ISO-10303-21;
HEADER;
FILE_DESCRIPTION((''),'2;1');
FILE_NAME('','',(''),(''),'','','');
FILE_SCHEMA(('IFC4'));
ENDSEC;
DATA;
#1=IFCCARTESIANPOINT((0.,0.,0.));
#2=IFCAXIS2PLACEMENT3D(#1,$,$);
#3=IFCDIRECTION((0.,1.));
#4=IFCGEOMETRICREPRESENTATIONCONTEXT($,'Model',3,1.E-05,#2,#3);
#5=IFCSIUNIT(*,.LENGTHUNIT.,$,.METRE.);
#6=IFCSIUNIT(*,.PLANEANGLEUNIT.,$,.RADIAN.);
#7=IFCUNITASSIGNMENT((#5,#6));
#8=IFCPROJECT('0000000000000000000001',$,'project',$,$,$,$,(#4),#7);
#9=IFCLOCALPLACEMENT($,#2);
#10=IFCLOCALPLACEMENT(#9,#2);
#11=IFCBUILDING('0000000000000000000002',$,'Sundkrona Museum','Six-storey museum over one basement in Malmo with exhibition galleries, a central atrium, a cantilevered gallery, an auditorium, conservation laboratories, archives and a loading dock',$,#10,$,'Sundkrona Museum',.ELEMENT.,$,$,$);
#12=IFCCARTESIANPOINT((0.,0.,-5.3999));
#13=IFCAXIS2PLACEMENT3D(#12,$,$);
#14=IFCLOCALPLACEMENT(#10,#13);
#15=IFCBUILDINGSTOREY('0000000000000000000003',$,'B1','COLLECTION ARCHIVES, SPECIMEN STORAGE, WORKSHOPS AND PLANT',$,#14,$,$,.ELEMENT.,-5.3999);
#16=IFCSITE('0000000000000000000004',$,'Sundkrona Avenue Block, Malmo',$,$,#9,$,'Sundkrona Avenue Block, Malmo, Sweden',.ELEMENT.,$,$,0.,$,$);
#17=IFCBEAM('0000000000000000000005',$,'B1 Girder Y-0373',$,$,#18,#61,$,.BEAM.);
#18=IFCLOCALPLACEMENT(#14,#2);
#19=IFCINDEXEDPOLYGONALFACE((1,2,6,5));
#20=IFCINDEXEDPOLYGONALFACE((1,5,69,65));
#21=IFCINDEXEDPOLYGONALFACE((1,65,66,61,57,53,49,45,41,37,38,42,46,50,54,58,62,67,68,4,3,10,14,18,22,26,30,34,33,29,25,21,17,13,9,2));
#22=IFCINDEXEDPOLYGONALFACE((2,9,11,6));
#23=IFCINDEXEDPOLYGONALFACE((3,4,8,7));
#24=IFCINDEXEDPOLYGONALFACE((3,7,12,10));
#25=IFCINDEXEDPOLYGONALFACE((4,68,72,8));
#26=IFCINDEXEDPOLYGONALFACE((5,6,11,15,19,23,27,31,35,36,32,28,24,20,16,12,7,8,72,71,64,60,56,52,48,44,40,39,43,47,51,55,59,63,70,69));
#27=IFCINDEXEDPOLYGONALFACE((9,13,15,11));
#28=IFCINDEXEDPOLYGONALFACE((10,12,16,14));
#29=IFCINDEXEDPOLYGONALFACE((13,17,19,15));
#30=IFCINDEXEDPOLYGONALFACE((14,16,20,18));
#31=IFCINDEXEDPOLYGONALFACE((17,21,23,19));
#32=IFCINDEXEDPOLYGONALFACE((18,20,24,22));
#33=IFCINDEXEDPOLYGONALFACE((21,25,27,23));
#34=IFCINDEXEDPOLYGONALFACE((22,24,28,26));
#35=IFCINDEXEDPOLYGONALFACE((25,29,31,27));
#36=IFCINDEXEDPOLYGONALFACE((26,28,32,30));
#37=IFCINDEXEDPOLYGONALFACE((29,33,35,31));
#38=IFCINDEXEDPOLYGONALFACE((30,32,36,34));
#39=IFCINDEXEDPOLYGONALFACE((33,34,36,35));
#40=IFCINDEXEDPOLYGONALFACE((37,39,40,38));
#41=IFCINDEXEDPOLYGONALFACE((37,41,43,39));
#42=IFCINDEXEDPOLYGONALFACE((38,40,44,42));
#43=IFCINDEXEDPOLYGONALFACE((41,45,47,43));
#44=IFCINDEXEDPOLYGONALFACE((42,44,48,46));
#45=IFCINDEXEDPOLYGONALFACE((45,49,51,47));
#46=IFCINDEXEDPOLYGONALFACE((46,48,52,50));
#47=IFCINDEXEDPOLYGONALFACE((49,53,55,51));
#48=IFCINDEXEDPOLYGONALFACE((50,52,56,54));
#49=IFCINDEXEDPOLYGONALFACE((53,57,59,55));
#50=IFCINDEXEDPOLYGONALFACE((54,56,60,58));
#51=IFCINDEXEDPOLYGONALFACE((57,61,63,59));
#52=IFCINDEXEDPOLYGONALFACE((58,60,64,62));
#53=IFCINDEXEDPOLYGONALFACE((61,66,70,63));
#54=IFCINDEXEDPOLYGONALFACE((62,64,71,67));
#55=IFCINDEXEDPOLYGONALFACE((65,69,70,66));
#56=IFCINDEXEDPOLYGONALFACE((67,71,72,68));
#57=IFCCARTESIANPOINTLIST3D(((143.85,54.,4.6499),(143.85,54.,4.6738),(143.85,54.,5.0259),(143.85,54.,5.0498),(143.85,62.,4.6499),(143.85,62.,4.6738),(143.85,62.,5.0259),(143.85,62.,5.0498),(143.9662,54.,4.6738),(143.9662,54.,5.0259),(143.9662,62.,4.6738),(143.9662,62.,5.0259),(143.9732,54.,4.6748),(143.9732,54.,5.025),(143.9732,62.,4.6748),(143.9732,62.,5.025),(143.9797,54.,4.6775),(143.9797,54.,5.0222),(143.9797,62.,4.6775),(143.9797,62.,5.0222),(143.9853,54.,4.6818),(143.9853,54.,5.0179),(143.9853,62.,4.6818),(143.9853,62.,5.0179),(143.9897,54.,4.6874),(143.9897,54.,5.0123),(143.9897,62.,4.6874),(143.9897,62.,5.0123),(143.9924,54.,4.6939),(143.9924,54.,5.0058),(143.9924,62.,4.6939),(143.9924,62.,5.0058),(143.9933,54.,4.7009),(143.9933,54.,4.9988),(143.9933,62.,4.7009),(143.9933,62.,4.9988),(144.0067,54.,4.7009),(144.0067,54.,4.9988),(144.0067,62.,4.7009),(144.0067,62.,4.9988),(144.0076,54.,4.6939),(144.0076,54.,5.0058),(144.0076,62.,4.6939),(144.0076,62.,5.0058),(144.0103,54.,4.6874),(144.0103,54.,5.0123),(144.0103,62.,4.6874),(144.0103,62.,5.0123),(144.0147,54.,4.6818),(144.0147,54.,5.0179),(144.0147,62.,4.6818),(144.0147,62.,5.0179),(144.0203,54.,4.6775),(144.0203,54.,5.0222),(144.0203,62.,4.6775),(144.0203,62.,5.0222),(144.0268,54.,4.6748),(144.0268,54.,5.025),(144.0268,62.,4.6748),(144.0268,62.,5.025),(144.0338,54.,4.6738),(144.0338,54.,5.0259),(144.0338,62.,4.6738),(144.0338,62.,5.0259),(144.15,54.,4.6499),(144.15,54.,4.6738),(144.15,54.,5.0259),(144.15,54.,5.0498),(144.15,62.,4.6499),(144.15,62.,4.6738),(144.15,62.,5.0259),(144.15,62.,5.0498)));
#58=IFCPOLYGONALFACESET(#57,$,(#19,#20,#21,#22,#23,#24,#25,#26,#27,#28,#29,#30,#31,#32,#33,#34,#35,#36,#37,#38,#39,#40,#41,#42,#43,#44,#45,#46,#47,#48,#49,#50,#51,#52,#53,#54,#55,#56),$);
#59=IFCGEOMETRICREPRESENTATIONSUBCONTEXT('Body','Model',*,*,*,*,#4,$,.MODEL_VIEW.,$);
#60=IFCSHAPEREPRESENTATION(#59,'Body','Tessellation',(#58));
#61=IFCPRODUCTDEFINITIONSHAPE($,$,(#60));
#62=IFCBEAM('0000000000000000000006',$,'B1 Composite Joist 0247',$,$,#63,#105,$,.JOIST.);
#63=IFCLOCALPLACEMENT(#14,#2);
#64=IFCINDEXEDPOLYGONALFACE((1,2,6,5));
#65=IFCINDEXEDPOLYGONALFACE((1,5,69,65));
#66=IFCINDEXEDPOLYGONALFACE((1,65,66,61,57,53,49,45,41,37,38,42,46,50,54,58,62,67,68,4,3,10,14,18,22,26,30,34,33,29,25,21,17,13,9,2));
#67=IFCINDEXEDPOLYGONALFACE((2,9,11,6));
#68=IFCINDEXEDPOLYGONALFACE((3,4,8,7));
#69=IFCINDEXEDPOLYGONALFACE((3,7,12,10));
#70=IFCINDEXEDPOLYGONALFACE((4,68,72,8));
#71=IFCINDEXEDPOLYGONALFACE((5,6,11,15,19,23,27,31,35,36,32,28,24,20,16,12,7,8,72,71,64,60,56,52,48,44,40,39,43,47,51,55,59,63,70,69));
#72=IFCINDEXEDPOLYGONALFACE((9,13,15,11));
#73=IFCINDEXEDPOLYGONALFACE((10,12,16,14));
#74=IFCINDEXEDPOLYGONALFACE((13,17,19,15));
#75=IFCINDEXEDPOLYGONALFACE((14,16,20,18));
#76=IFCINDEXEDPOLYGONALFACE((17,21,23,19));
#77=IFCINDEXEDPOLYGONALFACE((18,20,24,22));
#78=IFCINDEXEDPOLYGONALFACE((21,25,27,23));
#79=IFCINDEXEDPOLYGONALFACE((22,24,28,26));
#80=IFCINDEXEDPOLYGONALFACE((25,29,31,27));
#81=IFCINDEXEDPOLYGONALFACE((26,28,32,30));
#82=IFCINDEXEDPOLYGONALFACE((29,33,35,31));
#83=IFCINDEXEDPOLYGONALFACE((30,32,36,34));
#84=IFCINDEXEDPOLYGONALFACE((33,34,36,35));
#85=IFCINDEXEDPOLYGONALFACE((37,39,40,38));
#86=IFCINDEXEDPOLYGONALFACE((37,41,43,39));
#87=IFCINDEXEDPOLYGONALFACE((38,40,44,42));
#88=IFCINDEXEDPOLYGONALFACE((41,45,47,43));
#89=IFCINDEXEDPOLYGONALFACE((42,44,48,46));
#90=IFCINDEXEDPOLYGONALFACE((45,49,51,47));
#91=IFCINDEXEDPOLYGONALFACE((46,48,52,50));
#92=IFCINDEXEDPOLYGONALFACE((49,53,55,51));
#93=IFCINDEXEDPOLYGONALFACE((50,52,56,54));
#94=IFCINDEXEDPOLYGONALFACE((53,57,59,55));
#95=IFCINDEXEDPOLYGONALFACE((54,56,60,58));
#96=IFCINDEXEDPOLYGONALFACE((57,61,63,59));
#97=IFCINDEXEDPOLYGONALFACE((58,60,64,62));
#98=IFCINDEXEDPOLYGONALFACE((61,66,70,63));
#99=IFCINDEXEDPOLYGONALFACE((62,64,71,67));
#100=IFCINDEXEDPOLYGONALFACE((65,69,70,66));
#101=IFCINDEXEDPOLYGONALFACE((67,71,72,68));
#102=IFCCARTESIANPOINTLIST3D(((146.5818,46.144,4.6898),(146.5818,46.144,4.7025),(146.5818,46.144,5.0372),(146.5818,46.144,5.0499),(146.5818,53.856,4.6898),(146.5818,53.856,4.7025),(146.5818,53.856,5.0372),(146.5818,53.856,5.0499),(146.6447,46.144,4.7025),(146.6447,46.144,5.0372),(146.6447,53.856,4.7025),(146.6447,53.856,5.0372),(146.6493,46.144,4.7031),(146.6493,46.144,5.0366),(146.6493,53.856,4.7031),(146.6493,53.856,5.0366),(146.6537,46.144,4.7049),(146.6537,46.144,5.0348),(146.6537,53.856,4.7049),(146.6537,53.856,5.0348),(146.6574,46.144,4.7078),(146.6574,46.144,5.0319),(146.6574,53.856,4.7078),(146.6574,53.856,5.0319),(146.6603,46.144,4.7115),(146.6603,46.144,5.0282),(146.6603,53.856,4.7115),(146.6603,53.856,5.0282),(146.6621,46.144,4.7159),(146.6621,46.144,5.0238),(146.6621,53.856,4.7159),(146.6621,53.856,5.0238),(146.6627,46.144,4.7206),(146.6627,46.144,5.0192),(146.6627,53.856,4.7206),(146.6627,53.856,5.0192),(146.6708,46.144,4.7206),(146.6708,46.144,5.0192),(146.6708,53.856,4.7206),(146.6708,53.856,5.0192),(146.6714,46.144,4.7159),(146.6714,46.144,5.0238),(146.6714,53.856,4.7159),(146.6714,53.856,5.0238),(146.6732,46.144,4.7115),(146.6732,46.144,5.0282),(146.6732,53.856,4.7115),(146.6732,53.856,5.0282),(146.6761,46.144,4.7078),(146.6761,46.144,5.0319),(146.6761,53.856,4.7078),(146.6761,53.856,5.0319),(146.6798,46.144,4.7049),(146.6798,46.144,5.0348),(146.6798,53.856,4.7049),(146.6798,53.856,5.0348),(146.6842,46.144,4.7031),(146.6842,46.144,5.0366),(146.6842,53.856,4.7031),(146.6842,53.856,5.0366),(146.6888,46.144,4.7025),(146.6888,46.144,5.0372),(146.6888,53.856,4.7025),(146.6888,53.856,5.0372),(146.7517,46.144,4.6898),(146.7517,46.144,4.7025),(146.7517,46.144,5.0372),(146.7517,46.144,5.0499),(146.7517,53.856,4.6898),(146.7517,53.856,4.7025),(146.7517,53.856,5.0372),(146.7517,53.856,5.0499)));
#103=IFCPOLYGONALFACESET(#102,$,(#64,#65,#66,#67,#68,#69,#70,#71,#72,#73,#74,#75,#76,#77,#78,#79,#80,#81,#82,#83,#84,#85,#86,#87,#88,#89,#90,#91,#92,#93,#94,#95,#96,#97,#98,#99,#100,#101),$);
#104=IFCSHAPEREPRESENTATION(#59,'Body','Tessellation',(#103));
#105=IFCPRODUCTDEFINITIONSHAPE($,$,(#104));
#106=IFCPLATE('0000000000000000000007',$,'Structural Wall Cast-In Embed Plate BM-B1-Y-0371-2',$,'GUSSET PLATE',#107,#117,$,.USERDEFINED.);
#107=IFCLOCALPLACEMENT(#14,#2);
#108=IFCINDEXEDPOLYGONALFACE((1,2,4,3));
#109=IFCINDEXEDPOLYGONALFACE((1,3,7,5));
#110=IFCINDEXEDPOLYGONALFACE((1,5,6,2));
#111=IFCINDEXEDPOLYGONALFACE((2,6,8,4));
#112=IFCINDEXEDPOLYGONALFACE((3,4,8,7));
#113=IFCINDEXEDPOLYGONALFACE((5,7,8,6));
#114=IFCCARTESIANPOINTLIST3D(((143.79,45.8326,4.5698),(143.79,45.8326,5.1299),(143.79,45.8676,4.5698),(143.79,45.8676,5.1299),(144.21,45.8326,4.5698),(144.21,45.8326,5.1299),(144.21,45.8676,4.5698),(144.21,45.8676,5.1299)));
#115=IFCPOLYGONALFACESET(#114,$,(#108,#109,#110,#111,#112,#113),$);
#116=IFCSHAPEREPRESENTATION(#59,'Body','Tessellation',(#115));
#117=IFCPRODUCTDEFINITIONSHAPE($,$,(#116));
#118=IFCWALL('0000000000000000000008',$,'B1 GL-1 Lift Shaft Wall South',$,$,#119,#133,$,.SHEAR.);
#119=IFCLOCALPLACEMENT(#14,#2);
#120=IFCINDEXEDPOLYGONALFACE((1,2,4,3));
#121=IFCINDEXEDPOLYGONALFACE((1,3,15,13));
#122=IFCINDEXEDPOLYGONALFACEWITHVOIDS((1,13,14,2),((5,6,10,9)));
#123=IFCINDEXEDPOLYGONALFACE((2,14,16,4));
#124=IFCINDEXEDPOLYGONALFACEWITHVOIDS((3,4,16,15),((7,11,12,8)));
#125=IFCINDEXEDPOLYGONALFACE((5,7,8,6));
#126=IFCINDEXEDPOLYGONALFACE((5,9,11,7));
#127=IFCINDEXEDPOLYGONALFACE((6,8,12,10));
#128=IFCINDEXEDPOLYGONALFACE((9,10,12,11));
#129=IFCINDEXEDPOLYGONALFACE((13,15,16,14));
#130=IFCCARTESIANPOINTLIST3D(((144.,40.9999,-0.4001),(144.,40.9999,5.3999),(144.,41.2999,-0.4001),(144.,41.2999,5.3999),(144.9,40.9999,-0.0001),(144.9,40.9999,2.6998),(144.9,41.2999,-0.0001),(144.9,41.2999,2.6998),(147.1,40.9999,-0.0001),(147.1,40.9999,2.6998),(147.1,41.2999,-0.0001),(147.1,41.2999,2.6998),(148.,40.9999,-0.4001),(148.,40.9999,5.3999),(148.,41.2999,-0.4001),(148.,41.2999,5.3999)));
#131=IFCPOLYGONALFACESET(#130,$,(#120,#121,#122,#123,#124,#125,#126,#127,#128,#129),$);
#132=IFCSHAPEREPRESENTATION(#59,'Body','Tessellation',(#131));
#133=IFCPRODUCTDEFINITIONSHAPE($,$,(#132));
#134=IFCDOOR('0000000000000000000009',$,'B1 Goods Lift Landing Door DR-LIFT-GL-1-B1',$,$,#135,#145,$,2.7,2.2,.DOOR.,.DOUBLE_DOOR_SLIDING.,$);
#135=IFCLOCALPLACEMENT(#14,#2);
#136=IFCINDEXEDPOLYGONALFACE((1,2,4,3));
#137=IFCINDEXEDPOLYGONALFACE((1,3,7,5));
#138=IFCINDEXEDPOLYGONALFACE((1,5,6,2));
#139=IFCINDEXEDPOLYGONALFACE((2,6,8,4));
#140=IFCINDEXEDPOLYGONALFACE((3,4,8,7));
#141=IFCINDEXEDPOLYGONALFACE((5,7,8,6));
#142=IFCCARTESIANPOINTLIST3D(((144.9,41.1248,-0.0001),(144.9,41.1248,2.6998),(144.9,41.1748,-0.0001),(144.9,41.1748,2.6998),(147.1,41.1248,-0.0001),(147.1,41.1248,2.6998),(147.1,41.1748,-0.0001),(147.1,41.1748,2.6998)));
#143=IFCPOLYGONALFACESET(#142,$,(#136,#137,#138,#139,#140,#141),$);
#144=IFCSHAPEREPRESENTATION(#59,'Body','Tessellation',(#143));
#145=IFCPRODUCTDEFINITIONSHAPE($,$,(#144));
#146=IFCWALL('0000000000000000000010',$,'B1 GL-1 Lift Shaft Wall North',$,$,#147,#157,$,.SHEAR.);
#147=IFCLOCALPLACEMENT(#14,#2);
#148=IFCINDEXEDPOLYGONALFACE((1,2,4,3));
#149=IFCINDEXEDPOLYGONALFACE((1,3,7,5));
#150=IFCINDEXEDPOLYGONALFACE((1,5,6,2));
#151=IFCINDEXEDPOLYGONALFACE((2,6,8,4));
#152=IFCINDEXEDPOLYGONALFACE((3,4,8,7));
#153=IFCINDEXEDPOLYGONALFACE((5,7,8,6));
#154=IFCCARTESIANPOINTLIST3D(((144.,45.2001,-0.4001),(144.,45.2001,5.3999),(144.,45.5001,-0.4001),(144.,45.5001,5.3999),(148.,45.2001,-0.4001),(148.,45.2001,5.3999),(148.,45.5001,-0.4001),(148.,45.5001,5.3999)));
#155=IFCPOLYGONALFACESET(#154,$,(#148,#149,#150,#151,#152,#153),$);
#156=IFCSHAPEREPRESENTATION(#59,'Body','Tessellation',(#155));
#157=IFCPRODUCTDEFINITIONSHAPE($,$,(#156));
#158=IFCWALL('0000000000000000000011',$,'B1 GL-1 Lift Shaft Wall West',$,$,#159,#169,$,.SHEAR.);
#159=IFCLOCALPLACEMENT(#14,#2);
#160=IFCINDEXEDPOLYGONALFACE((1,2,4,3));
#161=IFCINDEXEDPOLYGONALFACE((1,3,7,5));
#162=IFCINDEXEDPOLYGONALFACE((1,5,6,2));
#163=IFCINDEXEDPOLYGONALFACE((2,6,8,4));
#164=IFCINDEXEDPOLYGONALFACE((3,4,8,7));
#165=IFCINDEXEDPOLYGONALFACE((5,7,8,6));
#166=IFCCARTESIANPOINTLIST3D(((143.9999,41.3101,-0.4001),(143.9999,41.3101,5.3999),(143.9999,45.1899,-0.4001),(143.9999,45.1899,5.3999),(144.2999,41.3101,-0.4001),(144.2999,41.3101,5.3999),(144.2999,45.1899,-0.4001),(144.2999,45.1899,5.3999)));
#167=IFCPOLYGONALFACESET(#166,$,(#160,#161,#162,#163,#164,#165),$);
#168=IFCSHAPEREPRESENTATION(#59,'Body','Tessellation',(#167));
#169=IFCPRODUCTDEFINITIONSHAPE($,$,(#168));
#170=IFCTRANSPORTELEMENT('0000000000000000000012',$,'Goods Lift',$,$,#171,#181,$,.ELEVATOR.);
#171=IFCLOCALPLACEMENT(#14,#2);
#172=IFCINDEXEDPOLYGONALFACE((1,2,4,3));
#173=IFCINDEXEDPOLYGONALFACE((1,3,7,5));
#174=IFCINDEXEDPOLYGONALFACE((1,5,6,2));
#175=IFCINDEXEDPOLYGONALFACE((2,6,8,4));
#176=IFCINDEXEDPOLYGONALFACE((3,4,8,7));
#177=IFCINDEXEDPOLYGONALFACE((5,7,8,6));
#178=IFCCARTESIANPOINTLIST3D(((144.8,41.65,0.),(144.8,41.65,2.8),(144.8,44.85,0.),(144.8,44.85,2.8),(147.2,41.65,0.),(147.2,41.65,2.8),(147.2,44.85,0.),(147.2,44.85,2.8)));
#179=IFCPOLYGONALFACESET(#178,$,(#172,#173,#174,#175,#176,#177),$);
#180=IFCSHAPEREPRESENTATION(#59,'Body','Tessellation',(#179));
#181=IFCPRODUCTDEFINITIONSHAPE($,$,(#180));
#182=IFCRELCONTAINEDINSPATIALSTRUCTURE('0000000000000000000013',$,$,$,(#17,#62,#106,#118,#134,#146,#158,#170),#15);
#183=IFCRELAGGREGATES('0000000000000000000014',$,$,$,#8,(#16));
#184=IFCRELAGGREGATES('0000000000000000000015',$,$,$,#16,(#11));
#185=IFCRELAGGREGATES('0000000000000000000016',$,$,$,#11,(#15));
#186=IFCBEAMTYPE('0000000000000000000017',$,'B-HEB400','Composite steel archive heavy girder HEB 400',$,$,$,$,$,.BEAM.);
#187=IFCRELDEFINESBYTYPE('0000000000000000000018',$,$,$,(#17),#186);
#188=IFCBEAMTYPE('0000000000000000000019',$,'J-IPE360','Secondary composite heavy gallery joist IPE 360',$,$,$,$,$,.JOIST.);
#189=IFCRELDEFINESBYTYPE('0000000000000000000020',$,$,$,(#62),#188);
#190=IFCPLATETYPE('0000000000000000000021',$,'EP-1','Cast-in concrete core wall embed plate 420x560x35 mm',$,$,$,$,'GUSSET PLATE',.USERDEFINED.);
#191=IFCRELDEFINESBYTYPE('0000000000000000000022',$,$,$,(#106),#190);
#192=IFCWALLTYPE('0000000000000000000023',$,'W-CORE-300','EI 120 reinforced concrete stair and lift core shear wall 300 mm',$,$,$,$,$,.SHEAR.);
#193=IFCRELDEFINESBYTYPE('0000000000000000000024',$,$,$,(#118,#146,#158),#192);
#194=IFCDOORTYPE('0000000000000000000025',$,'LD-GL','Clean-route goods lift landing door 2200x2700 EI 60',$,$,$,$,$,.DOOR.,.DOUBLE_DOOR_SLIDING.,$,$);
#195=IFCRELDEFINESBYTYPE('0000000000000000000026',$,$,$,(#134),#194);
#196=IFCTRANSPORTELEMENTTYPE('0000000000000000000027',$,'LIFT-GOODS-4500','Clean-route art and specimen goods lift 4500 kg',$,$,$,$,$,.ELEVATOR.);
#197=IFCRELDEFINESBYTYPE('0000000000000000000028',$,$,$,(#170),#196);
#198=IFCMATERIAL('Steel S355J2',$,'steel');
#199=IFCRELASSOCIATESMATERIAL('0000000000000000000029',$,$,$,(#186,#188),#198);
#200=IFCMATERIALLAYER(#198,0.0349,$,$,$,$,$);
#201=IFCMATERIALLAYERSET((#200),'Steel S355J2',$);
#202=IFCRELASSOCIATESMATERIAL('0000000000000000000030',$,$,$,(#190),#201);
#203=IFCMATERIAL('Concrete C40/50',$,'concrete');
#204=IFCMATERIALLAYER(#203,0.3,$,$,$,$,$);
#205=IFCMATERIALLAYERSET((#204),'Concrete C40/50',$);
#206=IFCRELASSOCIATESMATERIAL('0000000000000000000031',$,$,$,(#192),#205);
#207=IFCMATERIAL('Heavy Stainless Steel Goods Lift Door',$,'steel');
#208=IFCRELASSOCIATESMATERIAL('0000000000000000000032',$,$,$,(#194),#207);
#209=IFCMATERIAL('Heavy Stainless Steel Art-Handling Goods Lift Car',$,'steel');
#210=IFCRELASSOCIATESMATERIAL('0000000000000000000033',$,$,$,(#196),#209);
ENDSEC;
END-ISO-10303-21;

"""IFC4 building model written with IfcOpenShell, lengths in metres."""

from ifc_helpers import new_model, si_unit, direction, frame, frame_2d, origin, origin_2d, place, context, subcontext, project, spatial, rectangle, i_section, extrude, material, layer, layer_set, material_profile, profile_set, type_object, element, fill, save


model = new_model("IFC4")

# Units and contexts
model_context = context("Model", 3, precision=1e-05, world=origin(), true_north=direction((0.0, 1.0)))
body_context = subcontext(model_context, "Body", "Model", "MODEL_VIEW")
ifc_project = project(units=[si_unit("LENGTHUNIT", "METRE"), si_unit("PLANEANGLEUNIT", "RADIAN")], contexts=[model_context])

# Site, building, storey
site_placement = place(None, origin())
site = spatial("IfcSite", under=ifc_project, at=site_placement, Name="Sundkrona Avenue Block, Malmo", LongName="Sundkrona Avenue Block, Malmo, Sweden", CompositionType="ELEMENT", RefElevation=0.0)
building_placement = place(site_placement, origin())
building = spatial("IfcBuilding", under=site, at=building_placement, Name="Sundkrona Museum", Description="Six-storey museum over one basement in Malmo with exhibition galleries, a central atrium, a cantilevered gallery, an auditorium, conservation laboratories, archives and a loading dock", LongName="Sundkrona Museum", CompositionType="ELEMENT")
storey_placement = place(building_placement, frame((0.0, 0.0, -5.3999)))
storey = spatial("IfcBuildingStorey", under=building, at=storey_placement, Name="B1", Description="COLLECTION ARCHIVES, SPECIMEN STORAGE, WORKSHOPS AND PLANT", CompositionType="ELEMENT", Elevation=-5.3999)

# Shared definitions
ifc_material_1 = material(Name="Concrete C40/50", Category="concrete")

# Beams
ifc_material_2 = material(Name="Steel S355J2", Category="steel")
ifc_material_profile_1 = material_profile(ifc_material_2, i_section(OverallWidth=0.3, OverallDepth=0.3999, WebThickness=0.0134, FlangeThickness=0.0239, FilletRadius=0.0271, at=origin_2d()), Name="HEB 400")
ifc_profile_set_1 = profile_set([ifc_material_profile_1], Name="Steel S355J2")
beam_type_1 = type_object("IfcBeamType", Name="B-HEB400", Description="Composite steel archive heavy girder HEB 400", PredefinedType="BEAM", material=ifc_profile_set_1)
for number, where, z_axis, x_axis, name in (
    (1, (144.0, 54.0, 4.8499), (0.0, 1.0, 0.0), (-1.0, 0.0, 0.0), "B1 Girder Y-0373"),
):
    element("IfcBeam", number, at=place(storey_placement, frame(where, z_axis=z_axis, x_axis=x_axis)), inside=storey, type_object=beam_type_1, Name=name, PredefinedType="BEAM", context=body_context, shape_type="SweptSolid", body=[
        extrude(i_section(OverallWidth=0.3, OverallDepth=0.3999, WebThickness=0.0134, FlangeThickness=0.0239, FilletRadius=0.0271, at=origin_2d()), origin(), (0.0, 0.0, 1.0), 8.0),
    ])
ifc_material_profile_2 = material_profile(ifc_material_2, i_section(OverallWidth=0.1699, OverallDepth=0.3601, WebThickness=0.0081, FlangeThickness=0.0127, FilletRadius=0.0181, at=origin_2d()), Name="IPE 360")
ifc_profile_set_2 = profile_set([ifc_material_profile_2], Name="Steel S355J2")
beam_type_2 = type_object("IfcBeamType", Name="J-IPE360", Description="Secondary composite heavy gallery joist IPE 360", PredefinedType="JOIST", material=ifc_profile_set_2)
beam_placement = place(storey_placement, frame((146.6667, 46.144, 4.8699), z_axis=(0.0, 1.0, 0.0), x_axis=(-1.0, 0.0, 0.0)))
element("IfcBeam", 2, at=beam_placement, inside=storey, type_object=beam_type_2, Name="B1 Composite Joist 0247", PredefinedType="JOIST", context=body_context, shape_type="SweptSolid", body=[
    extrude(i_section(OverallWidth=0.1699, OverallDepth=0.3601, WebThickness=0.0081, FlangeThickness=0.0127, FilletRadius=0.0181, at=origin_2d()), origin(), (0.0, 0.0, 1.0), 7.7119),
])

# Plate
ifc_layer_1 = layer(ifc_material_2, 0.0349)
ifc_layer_set_1 = layer_set([ifc_layer_1], Name="Steel S355J2")
plate_type = type_object("IfcPlateType", Name="EP-1", Description="Cast-in concrete core wall embed plate 420x560x35 mm", ElementType="GUSSET PLATE", PredefinedType="USERDEFINED", material=ifc_layer_set_1)
plate_placement = place(storey_placement, frame((144.0, 45.8501, 4.5698), z_axis=(0.0, 0.0, 1.0), x_axis=(1.0, 0.0, 0.0)))
element("IfcPlate", 3, at=plate_placement, inside=storey, type_object=plate_type, Name="Structural Wall Cast-In Embed Plate BM-B1-Y-0371-2", ObjectType="GUSSET PLATE", PredefinedType="USERDEFINED", context=body_context, shape_type="SweptSolid", body=[
    extrude(rectangle(XDim=0.4199, YDim=0.0349, at=origin_2d()), origin(), (0.0, 0.0, 1.0), 0.5601),
])

# Wall, opening, door
ifc_layer_2 = layer(ifc_material_1, 0.3)
ifc_layer_set_2 = layer_set([ifc_layer_2], Name="Concrete C40/50")
wall_type = type_object("IfcWallType", Name="W-CORE-300", Description="EI 120 reinforced concrete stair and lift core shear wall 300 mm", PredefinedType="SHEAR", material=ifc_layer_set_2)
wall_1_placement = place(storey_placement, frame((144.0, 41.1499, -0.4001), z_axis=(0.0, 0.0, 1.0), x_axis=(1.0, 0.0, 0.0)))
wall_1 = element("IfcWall", 4, at=wall_1_placement, inside=storey, type_object=wall_type, Name="B1 GL-1 Lift Shaft Wall South", PredefinedType="SHEAR", context=body_context, shape_type="SweptSolid", body=[
    extrude(rectangle(XDim=4.0, YDim=0.3, at=frame_2d((2.0, 0.0))), origin(), (0.0, 0.0, 1.0), 5.8),
])
opening_placement = place(wall_1_placement, frame((0.8999, 0.0, 0.3999)))
opening = element("IfcOpeningElement", 5, at=opening_placement, cuts=wall_1, PredefinedType="OPENING", context=body_context, shape_type="SweptSolid", body=[
    extrude(rectangle(XDim=2.2, YDim=2.7, at=frame_2d((1.1001, 1.3501))), frame((0.0, 0.1599, 0.0), z_axis=(0.0, -1.0, 0.0), x_axis=(1.0, 0.0, 0.0)), (0.0, 0.0, 1.0), 0.3201),
])
ifc_material_3 = material(Name="Heavy Stainless Steel Goods Lift Door", Category="steel")
door_type = type_object("IfcDoorType", Name="LD-GL", Description="Clean-route goods lift landing door 2200x2700 EI 60", OperationType="DOUBLE_DOOR_SLIDING", PredefinedType="DOOR", material=ifc_material_3)
door_placement = place(opening_placement, origin())
door = element("IfcDoor", 6, at=door_placement, inside=storey, type_object=door_type, Name="B1 Goods Lift Landing Door DR-LIFT-GL-1-B1", OperationType="DOUBLE_DOOR_SLIDING", OverallHeight=2.7, OverallWidth=2.2, PredefinedType="DOOR", context=body_context, shape_type="SweptSolid", body=[
    extrude(rectangle(XDim=2.2, YDim=2.7, at=frame_2d((1.1001, 1.3501))), frame((0.0, 0.0249, 0.0), z_axis=(0.0, -1.0, 0.0), x_axis=(1.0, 0.0, 0.0)), (0.0, 0.0, 1.0), 0.05),
])
fill(opening, door)

# Walls
wall_2_placement = place(storey_placement, frame((144.0, 45.3501, -0.4001), z_axis=(0.0, 0.0, 1.0), x_axis=(1.0, 0.0, 0.0)))
element("IfcWall", 7, at=wall_2_placement, inside=storey, type_object=wall_type, Name="B1 GL-1 Lift Shaft Wall North", PredefinedType="SHEAR", context=body_context, shape_type="SweptSolid", body=[
    extrude(rectangle(XDim=4.0, YDim=0.3, at=frame_2d((2.0, 0.0))), origin(), (0.0, 0.0, 1.0), 5.8),
])
wall_3_placement = place(storey_placement, frame((144.1499, 41.3101, -0.4001), z_axis=(0.0, 0.0, 1.0), x_axis=(0.0, 1.0, 0.0)))
element("IfcWall", 8, at=wall_3_placement, inside=storey, type_object=wall_type, Name="B1 GL-1 Lift Shaft Wall West", PredefinedType="SHEAR", context=body_context, shape_type="SweptSolid", body=[
    extrude(rectangle(XDim=3.8799, YDim=0.3, at=frame_2d((1.9399, 0.0))), origin(), (0.0, 0.0, 1.0), 5.8),
])

# Transport element
ifc_material_4 = material(Name="Heavy Stainless Steel Art-Handling Goods Lift Car", Category="steel")
transport_element_type = type_object("IfcTransportElementType", Name="LIFT-GOODS-4500", Description="Clean-route art and specimen goods lift 4500 kg", PredefinedType="ELEVATOR", material=ifc_material_4)
transport_element_placement = place(storey_placement, frame((146.0, 43.25, 0.0), z_axis=(0.0, 0.0, 1.0), x_axis=(1.0, 0.0, 0.0)))
element("IfcTransportElement", 9, at=transport_element_placement, inside=storey, type_object=transport_element_type, Name="Goods Lift", PredefinedType="ELEVATOR", context=body_context, shape_type="SweptSolid", body=[
    extrude(rectangle(XDim=2.3999, YDim=3.2, at=origin_2d()), origin(), (0.0, 0.0, 1.0), 2.8),
])

save(model, "model.ifc")
